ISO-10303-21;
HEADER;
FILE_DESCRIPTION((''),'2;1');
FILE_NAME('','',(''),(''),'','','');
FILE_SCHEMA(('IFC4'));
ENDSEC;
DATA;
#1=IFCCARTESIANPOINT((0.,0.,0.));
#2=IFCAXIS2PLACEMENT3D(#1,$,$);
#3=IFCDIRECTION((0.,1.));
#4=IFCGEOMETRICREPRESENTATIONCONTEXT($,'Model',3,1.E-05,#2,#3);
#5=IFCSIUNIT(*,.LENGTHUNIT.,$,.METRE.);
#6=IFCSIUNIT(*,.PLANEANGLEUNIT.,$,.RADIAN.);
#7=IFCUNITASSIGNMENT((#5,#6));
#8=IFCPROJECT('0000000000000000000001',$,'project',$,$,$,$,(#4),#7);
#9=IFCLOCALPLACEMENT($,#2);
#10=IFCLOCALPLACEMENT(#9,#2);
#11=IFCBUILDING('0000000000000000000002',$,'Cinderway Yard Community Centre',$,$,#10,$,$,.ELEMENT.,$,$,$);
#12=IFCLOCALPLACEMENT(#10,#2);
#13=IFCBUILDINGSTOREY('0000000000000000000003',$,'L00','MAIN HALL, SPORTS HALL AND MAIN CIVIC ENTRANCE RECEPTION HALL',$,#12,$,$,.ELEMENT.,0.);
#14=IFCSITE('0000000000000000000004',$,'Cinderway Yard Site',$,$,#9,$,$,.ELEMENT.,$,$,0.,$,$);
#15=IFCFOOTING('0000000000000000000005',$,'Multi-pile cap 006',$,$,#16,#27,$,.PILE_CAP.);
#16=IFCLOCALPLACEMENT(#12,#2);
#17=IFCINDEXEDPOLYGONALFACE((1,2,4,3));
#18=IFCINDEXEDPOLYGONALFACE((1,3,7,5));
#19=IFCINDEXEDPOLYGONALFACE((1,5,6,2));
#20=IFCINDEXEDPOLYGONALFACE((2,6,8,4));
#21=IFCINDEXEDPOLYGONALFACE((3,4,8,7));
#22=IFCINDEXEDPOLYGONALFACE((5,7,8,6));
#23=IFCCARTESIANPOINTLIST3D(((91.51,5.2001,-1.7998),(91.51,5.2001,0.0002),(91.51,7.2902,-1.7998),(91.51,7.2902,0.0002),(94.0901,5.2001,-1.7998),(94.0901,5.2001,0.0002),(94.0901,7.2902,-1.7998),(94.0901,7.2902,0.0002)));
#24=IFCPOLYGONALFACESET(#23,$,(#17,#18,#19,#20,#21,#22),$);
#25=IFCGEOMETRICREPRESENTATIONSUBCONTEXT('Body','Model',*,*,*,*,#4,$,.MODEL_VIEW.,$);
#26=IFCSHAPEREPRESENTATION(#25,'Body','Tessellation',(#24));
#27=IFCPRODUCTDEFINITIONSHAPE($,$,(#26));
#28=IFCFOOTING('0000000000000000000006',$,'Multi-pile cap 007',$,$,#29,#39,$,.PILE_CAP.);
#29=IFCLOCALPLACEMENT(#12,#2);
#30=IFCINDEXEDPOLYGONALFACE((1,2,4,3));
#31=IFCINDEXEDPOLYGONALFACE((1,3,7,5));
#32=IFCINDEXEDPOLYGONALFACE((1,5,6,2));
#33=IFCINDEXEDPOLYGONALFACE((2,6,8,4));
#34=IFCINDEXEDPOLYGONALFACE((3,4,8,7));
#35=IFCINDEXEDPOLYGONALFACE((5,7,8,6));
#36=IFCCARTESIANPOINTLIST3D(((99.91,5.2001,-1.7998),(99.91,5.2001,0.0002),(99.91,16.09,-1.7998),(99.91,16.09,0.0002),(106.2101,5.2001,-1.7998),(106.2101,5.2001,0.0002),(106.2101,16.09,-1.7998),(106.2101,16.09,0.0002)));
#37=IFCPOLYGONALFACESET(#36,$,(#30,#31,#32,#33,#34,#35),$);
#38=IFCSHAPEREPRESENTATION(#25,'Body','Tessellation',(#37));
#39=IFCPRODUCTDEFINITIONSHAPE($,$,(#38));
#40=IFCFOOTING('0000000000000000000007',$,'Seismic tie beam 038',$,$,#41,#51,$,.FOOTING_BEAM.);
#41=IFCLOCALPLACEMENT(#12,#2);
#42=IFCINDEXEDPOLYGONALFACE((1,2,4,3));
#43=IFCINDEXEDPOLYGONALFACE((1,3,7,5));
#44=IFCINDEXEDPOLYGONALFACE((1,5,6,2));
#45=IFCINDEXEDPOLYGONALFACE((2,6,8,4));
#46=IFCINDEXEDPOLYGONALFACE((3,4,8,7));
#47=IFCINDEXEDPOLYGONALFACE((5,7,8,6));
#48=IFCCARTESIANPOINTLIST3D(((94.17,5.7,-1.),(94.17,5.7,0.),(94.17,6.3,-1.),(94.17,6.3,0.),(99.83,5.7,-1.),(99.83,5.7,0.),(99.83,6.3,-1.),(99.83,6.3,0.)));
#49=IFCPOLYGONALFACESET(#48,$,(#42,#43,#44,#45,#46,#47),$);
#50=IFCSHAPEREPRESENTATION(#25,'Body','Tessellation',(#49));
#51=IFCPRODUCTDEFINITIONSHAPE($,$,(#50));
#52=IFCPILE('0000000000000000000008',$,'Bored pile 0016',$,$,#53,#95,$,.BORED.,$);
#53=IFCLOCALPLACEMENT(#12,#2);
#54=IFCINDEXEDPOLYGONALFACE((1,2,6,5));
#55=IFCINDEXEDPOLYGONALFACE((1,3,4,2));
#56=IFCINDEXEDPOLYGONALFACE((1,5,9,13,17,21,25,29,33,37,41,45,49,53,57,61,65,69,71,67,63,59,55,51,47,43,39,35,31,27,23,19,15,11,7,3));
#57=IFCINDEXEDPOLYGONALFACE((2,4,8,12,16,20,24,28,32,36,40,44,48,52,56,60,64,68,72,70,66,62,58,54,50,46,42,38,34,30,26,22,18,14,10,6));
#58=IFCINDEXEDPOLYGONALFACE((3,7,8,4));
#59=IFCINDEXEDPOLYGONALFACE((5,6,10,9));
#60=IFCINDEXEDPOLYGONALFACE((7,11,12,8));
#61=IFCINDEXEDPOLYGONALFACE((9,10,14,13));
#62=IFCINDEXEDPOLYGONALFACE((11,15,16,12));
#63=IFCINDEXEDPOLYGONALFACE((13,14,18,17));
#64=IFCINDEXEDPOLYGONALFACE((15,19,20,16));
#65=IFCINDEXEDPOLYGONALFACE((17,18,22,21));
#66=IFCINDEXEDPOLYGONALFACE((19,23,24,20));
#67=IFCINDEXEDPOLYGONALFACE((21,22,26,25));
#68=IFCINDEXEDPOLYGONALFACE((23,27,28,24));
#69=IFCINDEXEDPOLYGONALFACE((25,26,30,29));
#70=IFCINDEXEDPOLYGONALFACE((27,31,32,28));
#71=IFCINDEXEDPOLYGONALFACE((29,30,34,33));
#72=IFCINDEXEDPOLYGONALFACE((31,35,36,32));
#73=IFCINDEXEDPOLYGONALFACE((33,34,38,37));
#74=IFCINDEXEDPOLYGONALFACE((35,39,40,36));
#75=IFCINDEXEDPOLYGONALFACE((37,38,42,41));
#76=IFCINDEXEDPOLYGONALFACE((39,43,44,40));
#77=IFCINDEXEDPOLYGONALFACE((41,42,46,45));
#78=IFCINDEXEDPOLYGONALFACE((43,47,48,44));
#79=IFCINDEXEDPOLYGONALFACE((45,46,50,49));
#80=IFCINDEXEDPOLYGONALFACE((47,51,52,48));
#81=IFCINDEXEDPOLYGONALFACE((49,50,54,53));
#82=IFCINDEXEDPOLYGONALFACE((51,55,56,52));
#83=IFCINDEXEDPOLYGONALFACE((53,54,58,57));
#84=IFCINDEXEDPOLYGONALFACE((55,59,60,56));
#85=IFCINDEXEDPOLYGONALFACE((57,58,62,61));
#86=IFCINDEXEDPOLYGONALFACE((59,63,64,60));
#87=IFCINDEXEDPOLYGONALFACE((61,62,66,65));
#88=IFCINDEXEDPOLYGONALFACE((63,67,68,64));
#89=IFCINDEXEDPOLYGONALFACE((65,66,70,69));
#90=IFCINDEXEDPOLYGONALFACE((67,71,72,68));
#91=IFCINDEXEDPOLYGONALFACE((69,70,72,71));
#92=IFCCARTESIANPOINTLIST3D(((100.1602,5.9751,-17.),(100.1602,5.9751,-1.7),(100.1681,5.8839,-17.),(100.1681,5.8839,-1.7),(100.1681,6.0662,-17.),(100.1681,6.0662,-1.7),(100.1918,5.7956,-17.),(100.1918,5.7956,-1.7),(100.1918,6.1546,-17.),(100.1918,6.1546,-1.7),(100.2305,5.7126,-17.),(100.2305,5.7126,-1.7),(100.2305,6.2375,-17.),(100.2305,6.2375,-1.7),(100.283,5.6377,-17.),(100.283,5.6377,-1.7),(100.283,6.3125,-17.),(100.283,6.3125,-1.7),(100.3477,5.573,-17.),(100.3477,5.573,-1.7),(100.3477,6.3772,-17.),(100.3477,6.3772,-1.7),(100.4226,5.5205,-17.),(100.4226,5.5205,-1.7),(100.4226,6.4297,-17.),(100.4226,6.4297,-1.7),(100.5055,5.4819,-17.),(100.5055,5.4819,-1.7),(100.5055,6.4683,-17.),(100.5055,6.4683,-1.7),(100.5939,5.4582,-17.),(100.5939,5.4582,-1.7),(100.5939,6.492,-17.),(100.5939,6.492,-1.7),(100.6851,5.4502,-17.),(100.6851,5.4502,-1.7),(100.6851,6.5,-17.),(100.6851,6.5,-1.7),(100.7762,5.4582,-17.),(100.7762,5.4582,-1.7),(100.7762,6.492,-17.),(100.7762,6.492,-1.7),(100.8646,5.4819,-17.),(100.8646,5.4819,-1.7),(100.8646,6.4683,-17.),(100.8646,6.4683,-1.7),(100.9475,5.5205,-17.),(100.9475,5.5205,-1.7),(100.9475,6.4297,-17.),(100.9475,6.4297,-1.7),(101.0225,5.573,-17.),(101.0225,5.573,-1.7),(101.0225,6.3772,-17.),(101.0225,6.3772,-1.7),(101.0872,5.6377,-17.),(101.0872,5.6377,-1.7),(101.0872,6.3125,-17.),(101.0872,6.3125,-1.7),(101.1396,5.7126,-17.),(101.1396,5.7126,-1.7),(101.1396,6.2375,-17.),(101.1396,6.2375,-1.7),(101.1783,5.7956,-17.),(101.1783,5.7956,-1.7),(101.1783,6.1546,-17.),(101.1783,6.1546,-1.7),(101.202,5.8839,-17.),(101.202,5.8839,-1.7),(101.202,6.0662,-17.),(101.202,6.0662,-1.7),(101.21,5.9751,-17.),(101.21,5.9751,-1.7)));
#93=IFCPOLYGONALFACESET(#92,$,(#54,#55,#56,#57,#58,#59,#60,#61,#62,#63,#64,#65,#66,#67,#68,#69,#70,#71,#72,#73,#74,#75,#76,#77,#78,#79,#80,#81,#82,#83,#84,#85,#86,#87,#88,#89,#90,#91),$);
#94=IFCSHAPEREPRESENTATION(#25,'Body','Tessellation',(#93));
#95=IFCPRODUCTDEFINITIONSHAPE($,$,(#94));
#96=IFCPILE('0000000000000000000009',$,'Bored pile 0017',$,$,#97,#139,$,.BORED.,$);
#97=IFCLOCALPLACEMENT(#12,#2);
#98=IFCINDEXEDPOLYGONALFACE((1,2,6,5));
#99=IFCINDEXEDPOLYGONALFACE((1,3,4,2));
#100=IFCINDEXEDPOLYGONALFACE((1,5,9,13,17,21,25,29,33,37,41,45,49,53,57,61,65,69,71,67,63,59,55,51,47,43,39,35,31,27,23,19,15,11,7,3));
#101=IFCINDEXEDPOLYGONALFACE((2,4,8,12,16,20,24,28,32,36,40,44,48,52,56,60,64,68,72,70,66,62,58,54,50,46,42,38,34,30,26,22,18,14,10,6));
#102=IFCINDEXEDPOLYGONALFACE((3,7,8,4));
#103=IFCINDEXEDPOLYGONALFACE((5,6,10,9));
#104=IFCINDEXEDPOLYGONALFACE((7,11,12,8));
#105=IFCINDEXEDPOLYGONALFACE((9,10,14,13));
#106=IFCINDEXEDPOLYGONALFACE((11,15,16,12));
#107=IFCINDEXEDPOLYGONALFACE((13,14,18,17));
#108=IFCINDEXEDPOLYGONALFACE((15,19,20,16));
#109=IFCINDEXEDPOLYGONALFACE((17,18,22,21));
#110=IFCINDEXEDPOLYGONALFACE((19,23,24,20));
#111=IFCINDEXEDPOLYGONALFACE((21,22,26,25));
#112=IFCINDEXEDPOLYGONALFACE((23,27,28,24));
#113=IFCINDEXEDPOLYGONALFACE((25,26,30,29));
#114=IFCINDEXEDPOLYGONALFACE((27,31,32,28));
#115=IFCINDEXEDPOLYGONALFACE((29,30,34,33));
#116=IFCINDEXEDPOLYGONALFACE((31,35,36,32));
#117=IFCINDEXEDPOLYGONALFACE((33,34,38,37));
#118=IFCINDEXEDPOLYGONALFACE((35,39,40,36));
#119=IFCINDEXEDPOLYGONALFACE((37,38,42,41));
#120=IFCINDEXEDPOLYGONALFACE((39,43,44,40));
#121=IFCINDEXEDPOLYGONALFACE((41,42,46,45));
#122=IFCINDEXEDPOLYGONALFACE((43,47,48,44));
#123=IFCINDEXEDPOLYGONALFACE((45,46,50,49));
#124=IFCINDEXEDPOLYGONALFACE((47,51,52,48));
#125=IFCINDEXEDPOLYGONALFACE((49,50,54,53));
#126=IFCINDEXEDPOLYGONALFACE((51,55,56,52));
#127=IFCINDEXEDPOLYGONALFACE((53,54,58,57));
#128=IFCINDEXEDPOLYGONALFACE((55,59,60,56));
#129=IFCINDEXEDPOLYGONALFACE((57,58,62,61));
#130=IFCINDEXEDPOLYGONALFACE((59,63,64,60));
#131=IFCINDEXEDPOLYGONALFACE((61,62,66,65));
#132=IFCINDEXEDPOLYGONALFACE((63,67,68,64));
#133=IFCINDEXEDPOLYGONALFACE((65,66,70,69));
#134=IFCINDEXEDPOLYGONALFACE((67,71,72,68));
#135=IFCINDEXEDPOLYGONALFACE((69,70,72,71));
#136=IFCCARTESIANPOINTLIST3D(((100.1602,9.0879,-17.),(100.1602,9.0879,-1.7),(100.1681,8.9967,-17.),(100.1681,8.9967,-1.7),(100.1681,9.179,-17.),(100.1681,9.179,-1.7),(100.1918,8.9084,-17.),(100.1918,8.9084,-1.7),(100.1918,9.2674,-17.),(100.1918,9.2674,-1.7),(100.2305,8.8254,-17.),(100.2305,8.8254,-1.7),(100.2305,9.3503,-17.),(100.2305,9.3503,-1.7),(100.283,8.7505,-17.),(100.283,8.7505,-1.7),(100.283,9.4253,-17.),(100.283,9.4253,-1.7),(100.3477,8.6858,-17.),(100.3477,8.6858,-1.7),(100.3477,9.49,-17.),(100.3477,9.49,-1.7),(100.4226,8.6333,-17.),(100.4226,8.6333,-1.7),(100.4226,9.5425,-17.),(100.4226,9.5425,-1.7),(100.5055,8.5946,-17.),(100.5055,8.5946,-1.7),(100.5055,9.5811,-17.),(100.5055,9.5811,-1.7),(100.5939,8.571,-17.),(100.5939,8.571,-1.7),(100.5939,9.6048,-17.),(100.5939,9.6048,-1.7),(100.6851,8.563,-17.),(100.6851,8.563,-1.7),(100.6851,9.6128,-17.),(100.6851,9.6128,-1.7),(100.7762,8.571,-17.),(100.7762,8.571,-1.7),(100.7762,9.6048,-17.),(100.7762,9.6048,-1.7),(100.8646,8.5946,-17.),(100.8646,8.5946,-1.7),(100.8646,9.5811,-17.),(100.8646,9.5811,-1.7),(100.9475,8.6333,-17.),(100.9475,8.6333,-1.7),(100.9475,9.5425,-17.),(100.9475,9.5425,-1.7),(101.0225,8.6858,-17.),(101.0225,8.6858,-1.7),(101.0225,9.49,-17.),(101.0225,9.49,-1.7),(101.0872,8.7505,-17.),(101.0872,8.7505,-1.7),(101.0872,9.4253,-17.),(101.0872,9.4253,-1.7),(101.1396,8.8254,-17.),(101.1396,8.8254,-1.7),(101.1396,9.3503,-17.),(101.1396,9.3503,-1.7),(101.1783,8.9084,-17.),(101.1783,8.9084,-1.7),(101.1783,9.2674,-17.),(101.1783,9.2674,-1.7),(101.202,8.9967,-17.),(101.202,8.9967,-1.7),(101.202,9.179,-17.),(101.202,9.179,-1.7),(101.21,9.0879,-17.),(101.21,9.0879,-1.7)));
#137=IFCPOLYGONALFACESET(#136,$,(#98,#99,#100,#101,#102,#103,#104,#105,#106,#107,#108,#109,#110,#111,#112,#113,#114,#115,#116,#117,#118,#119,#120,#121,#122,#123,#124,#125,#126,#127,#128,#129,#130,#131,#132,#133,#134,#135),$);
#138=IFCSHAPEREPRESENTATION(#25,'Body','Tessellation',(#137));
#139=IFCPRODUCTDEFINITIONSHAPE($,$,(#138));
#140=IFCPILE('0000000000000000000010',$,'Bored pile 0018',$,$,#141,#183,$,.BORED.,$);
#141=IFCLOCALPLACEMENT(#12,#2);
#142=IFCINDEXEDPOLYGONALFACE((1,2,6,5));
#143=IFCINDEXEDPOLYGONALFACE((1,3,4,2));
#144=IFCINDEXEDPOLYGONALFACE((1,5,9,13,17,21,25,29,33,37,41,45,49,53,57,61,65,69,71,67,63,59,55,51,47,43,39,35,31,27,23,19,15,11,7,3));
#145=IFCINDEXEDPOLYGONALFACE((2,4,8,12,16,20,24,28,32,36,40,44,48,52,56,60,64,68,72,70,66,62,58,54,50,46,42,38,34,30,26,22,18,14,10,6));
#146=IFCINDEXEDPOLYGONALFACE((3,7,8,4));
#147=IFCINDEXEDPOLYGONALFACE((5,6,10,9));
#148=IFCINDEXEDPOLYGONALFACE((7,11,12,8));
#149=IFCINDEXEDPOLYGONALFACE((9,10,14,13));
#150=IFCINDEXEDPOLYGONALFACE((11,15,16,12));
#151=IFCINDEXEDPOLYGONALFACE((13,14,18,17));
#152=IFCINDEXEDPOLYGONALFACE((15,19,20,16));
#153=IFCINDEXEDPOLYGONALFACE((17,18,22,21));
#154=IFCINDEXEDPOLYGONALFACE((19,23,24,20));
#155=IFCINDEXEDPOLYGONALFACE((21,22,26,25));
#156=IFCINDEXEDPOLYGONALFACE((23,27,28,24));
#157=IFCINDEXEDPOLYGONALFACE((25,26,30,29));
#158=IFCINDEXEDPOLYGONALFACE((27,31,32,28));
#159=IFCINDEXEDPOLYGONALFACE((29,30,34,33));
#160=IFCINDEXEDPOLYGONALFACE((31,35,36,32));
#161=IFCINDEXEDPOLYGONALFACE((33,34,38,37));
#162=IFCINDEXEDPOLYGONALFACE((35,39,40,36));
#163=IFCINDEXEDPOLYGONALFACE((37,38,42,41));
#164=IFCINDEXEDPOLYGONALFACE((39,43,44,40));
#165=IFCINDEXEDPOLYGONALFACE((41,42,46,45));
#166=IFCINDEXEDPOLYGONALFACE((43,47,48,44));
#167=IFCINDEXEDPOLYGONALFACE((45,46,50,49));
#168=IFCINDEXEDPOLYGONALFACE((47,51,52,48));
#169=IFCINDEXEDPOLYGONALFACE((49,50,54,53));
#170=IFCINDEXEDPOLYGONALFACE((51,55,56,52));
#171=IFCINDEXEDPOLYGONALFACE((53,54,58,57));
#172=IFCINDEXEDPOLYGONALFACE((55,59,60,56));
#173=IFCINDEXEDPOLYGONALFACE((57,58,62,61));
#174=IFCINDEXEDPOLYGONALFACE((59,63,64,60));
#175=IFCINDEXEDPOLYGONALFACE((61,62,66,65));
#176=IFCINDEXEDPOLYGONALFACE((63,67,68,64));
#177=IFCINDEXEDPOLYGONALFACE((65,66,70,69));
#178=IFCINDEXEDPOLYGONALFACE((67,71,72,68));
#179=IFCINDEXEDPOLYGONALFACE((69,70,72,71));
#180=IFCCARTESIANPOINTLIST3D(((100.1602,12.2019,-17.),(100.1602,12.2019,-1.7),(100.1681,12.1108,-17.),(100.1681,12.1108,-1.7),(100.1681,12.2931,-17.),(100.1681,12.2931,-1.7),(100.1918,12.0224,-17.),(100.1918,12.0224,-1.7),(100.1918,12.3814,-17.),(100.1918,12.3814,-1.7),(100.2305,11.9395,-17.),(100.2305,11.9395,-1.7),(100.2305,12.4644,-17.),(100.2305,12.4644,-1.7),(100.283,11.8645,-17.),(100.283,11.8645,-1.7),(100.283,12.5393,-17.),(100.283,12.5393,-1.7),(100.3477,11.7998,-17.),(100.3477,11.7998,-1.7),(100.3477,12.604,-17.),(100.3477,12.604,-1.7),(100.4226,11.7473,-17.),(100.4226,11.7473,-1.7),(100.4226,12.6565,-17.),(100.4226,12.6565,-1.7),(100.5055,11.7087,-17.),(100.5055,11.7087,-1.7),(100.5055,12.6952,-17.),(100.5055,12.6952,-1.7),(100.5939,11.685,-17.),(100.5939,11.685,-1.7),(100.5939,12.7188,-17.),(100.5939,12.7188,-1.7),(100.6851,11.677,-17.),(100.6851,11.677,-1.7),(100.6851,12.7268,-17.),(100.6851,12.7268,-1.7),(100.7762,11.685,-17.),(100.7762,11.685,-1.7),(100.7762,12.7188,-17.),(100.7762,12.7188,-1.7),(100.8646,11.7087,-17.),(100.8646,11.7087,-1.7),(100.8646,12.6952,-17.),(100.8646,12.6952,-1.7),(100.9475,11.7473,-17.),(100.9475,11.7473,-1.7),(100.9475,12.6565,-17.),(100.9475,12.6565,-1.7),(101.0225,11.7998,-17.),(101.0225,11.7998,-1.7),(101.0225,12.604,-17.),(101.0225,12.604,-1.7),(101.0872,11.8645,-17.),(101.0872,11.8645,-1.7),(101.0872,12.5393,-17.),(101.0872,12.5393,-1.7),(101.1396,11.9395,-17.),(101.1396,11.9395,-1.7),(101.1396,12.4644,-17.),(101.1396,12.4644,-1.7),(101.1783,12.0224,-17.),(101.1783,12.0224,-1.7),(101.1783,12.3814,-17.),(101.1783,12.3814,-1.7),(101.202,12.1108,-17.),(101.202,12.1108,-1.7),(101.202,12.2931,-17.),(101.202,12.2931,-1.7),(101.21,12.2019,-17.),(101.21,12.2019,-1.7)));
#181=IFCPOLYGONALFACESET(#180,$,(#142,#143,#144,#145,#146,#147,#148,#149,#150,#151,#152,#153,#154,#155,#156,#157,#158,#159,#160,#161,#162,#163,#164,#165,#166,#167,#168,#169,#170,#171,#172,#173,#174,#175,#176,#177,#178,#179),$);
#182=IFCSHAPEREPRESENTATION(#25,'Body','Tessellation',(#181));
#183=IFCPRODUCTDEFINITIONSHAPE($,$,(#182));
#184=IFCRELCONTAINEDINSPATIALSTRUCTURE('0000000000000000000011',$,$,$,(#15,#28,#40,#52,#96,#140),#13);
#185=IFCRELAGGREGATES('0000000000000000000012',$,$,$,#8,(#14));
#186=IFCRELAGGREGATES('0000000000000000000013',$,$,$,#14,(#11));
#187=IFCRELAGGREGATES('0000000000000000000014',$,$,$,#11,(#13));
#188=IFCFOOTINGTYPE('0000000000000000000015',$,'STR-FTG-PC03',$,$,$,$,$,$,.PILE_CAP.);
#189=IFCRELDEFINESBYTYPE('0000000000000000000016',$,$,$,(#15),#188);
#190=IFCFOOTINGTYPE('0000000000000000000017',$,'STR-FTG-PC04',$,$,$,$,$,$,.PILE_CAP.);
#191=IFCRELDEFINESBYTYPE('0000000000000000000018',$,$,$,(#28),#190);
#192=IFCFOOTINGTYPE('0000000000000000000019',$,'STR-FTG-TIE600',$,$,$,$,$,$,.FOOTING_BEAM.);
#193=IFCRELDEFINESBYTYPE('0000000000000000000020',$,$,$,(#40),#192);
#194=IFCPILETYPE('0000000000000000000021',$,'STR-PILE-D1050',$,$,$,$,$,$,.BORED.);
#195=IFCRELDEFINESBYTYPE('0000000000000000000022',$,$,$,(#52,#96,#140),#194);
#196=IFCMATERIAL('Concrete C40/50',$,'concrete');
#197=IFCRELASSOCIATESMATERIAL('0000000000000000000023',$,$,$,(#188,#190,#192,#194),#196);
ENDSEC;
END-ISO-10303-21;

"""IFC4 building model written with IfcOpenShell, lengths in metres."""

from ifc_helpers import new_model, si_unit, direction, frame, origin, origin_2d, place, context, subcontext, project, spatial, rectangle, circle, extrude, material, material_profile, profile_set, type_object, element, save


model = new_model("IFC4")

# Units and contexts
model_context = context("Model", 3, precision=1e-05, world=origin(), true_north=direction((0.0, 1.0)))
body_context = subcontext(model_context, "Body", "Model", "MODEL_VIEW")
ifc_project = project(units=[si_unit("LENGTHUNIT", "METRE"), si_unit("PLANEANGLEUNIT", "RADIAN")], contexts=[model_context])

# Site, building, storey
site_placement = place(None, origin())
site = spatial("IfcSite", under=ifc_project, at=site_placement, Name="Cinderway Yard Site", CompositionType="ELEMENT", RefElevation=0.0)
building_placement = place(site_placement, origin())
building = spatial("IfcBuilding", under=site, at=building_placement, Name="Cinderway Yard Community Centre", CompositionType="ELEMENT")
storey_placement = place(building_placement, origin())
storey = spatial("IfcBuildingStorey", under=building, at=storey_placement, Name="L00", Description="MAIN HALL, SPORTS HALL AND MAIN CIVIC ENTRANCE RECEPTION HALL", CompositionType="ELEMENT", Elevation=0.0)

# Footings
ifc_material_1 = material(Name="Concrete C40/50", Category="concrete")
footing_type_1 = type_object("IfcFootingType", Name="STR-FTG-PC03", PredefinedType="PILE_CAP", material=ifc_material_1)
footing_1_placement = place(storey_placement, frame((92.8, 6.2451, -1.7998), z_axis=(0.0, 0.0, 1.0), x_axis=(1.0, 0.0, 0.0)))
element("IfcFooting", 1, at=footing_1_placement, inside=storey, type_object=footing_type_1, Name="Multi-pile cap 006", PredefinedType="PILE_CAP", context=body_context, shape_type="SweptSolid", body=[
    extrude(rectangle(XDim=2.5801, YDim=2.0901, at=origin_2d()), origin(), (0.0, 0.0, 1.0), 1.8),
])
footing_type_2 = type_object("IfcFootingType", Name="STR-FTG-PC04", PredefinedType="PILE_CAP", material=ifc_material_1)
footing_2_placement = place(storey_placement, frame((103.0601, 10.645, -1.7998), z_axis=(0.0, 0.0, 1.0), x_axis=(1.0, 0.0, 0.0)))
element("IfcFooting", 2, at=footing_2_placement, inside=storey, type_object=footing_type_2, Name="Multi-pile cap 007", PredefinedType="PILE_CAP", context=body_context, shape_type="SweptSolid", body=[
    extrude(rectangle(XDim=6.3, YDim=10.8899, at=origin_2d()), origin(), (0.0, 0.0, 1.0), 1.8),
])
footing_type_3 = type_object("IfcFootingType", Name="STR-FTG-TIE600", PredefinedType="FOOTING_BEAM", material=ifc_material_1)
footing_3_placement = place(storey_placement, frame((97.0, 6.0, -1.0), z_axis=(0.0, 0.0, 1.0), x_axis=(1.0, 0.0, 0.0)))
element("IfcFooting", 3, at=footing_3_placement, inside=storey, type_object=footing_type_3, Name="Seismic tie beam 038", PredefinedType="FOOTING_BEAM", context=body_context, shape_type="SweptSolid", body=[
    extrude(rectangle(XDim=5.6599, YDim=0.6001, at=origin_2d()), origin(), (0.0, 0.0, 1.0), 1.0),
])

# Piles
ifc_material_profile_1 = material_profile(ifc_material_1, circle(Radius=0.5249, at=origin_2d()), Name="Concrete C40/50")
ifc_profile_set_1 = profile_set([ifc_material_profile_1], Name="Concrete C40/50")
pile_type_1 = type_object("IfcPileType", Name="STR-PILE-D1050", PredefinedType="BORED", material=ifc_profile_set_1)
for number, where, z_axis, x_axis, name in (
    (4, (100.6851, 5.9751, -1.7), (0.0, 0.0, -1.0), (1.0, 0.0, 0.0), "Bored pile 0016"),
    (5, (100.6851, 9.0879, -1.7), (0.0, 0.0, -1.0), (1.0, 0.0, 0.0), "Bored pile 0017"),
    (6, (100.6851, 12.2019, -1.7), (0.0, 0.0, -1.0), (1.0, 0.0, 0.0), "Bored pile 0018"),
):
    element("IfcPile", number, at=place(storey_placement, frame(where, z_axis=z_axis, x_axis=x_axis)), inside=storey, type_object=pile_type_1, Name=name, PredefinedType="BORED", context=body_context, shape_type="SweptSolid", body=[
        extrude(circle(Radius=0.5249, at=origin_2d()), origin(), (0.0, 0.0, 1.0), 15.3),
    ])

save(model, "model.ifc")
